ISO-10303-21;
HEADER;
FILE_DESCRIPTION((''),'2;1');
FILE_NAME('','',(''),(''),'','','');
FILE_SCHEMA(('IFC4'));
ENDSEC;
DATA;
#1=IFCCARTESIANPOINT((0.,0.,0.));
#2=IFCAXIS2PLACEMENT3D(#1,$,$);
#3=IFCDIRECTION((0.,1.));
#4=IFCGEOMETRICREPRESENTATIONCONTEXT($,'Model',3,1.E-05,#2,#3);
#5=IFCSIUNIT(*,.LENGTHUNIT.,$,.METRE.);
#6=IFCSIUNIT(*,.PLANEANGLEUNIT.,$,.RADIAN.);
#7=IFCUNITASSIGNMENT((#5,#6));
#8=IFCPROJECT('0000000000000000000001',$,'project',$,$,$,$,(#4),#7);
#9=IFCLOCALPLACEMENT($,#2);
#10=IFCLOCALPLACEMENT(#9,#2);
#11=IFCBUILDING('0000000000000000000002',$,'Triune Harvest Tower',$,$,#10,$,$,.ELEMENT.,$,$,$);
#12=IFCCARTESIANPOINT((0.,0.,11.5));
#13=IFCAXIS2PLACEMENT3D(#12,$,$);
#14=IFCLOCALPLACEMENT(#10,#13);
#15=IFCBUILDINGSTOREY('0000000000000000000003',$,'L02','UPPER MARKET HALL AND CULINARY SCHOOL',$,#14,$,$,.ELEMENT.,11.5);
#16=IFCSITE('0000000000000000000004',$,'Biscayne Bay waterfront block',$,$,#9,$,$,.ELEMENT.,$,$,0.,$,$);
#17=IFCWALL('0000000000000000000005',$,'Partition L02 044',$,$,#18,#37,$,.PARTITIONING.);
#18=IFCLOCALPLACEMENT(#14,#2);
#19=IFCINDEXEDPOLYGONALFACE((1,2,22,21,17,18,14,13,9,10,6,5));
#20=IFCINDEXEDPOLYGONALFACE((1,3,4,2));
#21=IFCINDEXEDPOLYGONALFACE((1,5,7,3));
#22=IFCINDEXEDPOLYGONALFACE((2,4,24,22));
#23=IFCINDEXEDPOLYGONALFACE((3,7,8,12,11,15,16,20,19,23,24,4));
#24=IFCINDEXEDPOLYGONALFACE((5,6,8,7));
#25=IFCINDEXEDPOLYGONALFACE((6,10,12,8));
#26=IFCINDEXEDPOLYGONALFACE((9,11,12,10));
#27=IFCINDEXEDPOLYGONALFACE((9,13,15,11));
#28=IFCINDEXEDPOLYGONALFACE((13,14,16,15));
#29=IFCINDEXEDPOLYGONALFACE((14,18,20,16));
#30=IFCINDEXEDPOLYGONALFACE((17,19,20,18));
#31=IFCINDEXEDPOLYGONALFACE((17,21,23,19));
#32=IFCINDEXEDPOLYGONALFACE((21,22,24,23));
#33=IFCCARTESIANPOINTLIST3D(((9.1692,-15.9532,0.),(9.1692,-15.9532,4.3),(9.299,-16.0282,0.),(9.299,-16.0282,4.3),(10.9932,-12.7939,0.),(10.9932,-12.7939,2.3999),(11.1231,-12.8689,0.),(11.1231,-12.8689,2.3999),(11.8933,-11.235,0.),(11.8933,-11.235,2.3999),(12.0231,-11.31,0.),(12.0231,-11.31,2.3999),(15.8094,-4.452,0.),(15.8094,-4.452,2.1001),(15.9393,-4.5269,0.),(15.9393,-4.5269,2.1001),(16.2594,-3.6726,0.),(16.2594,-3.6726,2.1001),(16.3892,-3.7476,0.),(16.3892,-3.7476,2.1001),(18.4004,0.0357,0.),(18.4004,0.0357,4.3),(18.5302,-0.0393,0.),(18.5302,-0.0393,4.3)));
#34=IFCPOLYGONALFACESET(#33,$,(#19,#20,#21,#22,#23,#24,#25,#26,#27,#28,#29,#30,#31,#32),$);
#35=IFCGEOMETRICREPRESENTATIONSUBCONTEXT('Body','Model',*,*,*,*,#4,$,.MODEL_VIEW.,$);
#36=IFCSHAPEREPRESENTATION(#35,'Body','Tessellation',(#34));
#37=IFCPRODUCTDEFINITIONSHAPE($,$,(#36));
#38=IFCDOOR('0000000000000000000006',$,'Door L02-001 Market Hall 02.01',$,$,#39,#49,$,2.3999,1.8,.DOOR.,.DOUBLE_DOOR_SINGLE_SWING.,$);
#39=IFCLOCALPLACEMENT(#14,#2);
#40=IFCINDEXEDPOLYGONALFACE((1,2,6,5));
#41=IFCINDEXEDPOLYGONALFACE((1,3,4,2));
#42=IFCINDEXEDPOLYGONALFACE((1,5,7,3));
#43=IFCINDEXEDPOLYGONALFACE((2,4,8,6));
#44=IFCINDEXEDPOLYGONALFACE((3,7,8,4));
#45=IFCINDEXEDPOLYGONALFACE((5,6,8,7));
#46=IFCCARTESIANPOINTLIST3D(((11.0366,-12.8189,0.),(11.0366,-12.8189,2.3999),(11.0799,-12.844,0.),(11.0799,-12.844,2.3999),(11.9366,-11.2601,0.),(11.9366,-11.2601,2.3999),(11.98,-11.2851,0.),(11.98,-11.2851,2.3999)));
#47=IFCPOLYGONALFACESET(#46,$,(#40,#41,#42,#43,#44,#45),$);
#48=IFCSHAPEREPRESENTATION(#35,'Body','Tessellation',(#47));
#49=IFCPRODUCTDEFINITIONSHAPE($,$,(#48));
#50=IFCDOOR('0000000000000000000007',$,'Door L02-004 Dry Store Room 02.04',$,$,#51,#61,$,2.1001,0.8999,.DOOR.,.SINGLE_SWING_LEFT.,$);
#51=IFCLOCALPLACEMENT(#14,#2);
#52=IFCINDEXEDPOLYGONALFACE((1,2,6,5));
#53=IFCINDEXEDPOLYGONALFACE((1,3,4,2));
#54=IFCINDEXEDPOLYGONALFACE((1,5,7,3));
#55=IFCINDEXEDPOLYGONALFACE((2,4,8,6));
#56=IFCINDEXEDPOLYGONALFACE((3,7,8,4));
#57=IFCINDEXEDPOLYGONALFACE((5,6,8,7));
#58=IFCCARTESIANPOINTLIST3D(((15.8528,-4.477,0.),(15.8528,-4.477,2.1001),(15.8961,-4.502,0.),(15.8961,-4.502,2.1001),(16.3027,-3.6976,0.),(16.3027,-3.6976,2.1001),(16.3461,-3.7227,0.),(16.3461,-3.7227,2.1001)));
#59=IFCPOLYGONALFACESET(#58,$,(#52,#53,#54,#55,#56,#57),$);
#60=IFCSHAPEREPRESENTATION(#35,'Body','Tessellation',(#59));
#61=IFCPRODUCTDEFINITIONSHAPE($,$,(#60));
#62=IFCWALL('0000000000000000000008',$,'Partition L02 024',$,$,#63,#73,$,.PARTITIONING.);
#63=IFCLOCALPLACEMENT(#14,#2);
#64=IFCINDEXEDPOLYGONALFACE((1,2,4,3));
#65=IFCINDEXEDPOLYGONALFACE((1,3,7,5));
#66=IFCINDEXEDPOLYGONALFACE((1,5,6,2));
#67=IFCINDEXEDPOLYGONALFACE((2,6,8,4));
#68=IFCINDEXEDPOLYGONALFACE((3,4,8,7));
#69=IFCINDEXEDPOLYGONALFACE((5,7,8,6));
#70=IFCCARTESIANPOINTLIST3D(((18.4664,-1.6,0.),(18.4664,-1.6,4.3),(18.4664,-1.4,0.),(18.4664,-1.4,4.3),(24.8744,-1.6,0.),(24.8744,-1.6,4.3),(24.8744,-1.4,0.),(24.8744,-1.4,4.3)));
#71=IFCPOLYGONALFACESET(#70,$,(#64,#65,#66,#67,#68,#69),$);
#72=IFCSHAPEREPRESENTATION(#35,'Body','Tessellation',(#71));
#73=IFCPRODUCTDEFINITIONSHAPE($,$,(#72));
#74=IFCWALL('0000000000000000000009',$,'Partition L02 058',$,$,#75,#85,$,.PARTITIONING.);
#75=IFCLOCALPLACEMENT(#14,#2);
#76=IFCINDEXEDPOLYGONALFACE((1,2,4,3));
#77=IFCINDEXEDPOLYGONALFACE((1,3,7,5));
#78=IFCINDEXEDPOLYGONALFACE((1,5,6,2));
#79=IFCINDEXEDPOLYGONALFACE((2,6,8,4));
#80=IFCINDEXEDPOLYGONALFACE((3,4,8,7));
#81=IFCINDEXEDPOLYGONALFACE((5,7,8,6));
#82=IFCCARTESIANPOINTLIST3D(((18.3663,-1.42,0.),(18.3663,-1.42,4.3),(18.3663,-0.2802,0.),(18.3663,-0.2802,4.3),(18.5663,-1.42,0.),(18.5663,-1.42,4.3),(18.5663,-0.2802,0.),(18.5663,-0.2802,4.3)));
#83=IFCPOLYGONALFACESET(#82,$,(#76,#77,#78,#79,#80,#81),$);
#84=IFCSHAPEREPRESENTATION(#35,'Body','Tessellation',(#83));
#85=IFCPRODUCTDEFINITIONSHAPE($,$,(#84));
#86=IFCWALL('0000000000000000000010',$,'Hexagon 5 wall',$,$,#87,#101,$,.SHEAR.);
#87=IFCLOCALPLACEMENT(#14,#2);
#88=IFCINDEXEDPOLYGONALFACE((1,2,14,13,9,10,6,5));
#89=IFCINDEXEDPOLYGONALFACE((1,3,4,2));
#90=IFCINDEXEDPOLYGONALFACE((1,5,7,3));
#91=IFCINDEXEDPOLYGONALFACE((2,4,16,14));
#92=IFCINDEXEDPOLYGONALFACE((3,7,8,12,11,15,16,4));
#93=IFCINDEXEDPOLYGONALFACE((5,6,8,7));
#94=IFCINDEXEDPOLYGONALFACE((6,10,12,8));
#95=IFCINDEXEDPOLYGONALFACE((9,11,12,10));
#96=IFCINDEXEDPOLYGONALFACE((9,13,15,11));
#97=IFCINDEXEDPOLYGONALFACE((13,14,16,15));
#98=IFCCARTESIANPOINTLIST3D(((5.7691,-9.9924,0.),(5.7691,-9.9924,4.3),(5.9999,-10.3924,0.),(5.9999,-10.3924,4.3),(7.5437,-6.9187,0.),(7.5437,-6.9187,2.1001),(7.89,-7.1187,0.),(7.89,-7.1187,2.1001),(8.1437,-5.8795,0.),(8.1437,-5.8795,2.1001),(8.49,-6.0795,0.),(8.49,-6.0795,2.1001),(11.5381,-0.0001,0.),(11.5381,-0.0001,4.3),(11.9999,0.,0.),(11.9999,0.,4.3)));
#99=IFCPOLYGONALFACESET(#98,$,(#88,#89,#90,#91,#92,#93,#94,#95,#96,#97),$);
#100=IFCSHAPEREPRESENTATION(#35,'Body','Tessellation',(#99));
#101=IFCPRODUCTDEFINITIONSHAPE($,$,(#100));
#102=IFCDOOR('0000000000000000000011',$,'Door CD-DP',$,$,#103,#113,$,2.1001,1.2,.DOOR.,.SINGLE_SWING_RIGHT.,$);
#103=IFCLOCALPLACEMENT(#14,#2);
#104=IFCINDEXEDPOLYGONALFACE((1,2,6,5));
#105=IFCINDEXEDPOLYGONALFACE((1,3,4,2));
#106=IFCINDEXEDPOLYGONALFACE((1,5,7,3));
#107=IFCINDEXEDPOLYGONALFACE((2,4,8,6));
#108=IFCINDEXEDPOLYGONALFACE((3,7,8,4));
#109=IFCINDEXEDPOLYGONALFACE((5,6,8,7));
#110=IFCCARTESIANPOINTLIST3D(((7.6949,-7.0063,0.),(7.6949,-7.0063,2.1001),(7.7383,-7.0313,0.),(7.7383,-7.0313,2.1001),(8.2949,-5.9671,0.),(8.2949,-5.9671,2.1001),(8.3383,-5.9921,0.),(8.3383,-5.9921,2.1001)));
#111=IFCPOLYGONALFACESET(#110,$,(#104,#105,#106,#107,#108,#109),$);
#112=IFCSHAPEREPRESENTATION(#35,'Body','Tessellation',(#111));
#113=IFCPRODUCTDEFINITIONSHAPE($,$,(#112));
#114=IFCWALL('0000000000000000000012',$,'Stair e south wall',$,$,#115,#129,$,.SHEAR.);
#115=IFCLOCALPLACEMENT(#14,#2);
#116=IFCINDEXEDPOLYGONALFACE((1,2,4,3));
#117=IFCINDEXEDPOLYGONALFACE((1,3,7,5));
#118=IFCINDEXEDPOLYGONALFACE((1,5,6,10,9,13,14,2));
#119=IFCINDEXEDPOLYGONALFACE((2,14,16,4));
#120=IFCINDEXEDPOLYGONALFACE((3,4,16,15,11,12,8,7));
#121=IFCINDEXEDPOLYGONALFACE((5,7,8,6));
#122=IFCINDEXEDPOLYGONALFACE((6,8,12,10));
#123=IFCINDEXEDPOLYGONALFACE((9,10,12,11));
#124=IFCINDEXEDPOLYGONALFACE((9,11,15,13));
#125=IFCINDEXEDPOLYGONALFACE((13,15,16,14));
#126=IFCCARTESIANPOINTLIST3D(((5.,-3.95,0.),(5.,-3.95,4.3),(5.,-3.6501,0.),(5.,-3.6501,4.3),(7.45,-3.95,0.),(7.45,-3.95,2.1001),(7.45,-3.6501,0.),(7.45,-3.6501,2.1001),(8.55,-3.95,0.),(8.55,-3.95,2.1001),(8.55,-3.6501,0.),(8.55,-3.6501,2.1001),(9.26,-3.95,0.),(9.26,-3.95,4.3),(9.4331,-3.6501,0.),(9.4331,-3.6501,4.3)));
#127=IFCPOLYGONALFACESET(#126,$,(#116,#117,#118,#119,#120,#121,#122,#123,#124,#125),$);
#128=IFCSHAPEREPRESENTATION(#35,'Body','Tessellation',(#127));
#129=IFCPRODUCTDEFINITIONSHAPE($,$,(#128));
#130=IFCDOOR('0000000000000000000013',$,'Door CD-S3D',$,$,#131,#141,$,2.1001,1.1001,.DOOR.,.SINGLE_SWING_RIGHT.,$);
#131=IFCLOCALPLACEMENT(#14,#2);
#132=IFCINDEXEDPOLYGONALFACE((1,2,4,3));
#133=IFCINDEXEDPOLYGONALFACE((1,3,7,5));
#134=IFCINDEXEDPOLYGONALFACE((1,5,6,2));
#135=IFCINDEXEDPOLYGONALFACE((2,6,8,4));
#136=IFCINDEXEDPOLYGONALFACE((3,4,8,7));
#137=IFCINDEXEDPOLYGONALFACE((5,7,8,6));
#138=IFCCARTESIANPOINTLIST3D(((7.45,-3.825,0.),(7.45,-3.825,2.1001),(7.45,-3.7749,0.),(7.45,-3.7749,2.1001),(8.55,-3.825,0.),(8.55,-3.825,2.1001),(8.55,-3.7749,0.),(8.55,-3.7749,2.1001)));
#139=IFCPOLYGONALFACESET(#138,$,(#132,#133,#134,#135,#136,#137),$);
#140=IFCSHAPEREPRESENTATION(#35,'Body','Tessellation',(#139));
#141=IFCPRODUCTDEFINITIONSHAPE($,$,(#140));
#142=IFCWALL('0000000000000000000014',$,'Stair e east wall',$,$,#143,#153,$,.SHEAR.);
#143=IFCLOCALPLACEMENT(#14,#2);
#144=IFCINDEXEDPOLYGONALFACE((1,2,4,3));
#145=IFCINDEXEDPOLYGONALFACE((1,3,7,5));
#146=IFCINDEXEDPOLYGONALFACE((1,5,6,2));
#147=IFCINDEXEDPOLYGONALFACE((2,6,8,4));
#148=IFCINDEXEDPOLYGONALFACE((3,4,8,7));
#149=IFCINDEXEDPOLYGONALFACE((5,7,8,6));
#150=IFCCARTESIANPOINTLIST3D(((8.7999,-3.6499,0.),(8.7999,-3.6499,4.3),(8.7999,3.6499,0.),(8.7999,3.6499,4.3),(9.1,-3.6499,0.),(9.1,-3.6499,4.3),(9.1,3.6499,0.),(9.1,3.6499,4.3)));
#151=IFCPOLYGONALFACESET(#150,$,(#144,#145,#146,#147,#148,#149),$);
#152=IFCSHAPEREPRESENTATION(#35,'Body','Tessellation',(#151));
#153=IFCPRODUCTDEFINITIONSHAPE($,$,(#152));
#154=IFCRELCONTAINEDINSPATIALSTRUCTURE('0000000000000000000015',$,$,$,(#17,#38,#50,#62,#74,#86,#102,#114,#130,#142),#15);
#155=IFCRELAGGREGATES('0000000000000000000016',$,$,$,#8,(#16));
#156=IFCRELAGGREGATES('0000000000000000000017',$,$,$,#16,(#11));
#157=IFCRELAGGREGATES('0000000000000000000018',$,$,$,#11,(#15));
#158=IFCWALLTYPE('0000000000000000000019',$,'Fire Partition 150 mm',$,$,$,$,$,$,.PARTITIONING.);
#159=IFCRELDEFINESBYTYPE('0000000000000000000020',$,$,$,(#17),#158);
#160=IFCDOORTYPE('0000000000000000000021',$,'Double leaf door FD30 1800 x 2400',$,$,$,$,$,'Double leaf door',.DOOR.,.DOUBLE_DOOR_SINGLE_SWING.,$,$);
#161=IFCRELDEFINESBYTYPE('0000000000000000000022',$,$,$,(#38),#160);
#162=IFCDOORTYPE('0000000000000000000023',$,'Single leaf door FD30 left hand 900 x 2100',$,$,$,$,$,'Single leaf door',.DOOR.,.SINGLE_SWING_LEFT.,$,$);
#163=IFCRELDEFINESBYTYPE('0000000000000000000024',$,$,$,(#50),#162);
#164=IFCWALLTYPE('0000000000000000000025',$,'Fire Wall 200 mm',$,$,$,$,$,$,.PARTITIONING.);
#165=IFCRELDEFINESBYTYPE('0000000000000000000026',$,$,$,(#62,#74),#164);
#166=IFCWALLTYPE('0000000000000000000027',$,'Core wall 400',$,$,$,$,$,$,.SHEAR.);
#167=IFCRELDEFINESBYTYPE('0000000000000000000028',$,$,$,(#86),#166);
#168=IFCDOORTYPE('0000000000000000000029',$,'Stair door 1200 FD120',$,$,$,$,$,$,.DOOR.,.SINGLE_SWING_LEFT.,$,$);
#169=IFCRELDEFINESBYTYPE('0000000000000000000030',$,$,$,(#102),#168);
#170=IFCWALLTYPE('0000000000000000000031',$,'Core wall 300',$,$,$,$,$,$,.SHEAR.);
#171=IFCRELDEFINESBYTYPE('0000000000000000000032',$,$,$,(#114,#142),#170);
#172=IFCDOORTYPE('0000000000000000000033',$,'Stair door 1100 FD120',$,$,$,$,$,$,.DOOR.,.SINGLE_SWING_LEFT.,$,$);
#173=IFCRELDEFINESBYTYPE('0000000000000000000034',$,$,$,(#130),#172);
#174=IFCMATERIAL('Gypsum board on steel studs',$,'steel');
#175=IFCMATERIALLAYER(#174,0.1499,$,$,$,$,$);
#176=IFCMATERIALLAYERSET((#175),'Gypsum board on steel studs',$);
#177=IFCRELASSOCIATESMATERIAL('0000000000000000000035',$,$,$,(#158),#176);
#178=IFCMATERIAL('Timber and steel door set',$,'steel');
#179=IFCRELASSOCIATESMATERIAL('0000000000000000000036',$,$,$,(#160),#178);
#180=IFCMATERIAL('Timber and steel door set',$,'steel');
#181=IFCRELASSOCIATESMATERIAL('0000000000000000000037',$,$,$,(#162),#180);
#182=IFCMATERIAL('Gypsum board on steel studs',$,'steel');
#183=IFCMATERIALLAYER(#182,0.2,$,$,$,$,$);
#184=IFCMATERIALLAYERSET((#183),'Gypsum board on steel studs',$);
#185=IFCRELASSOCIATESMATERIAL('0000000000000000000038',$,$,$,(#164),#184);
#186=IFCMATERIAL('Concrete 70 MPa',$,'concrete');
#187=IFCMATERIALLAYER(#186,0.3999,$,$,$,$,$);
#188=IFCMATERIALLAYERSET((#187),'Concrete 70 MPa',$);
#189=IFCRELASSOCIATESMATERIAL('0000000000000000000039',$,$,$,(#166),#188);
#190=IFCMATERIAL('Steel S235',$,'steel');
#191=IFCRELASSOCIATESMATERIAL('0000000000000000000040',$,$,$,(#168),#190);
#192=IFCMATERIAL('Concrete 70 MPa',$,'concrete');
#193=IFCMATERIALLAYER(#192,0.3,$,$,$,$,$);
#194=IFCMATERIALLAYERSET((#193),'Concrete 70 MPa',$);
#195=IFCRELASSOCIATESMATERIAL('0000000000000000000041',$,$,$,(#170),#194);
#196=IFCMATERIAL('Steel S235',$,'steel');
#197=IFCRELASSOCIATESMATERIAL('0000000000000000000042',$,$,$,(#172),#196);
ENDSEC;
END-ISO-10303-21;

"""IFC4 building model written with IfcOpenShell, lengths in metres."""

from ifc_helpers import new_model, si_unit, direction, frame, frame_2d, origin, place, context, subcontext, project, spatial, polyline, rectangle, outline, extrude, source, transform, mapped, material, layer, layer_set, type_object, element, fill, save


model = new_model("IFC4")

# Units and contexts
model_context = context("Model", 3, precision=1e-05, world=origin(), true_north=direction((0.0, 1.0)))
body_context = subcontext(model_context, "Body", "Model", "MODEL_VIEW")
ifc_project = project(units=[si_unit("LENGTHUNIT", "METRE"), si_unit("PLANEANGLEUNIT", "RADIAN")], contexts=[model_context])

# Site, building, storey
site_placement = place(None, origin())
site = spatial("IfcSite", under=ifc_project, at=site_placement, Name="Biscayne Bay waterfront block", CompositionType="ELEMENT", RefElevation=0.0)
building_placement = place(site_placement, origin())
building = spatial("IfcBuilding", under=site, at=building_placement, Name="Triune Harvest Tower", CompositionType="ELEMENT")
storey_placement = place(building_placement, frame((0.0, 0.0, 11.5)))
storey = spatial("IfcBuildingStorey", under=building, at=storey_placement, Name="L02", Description="UPPER MARKET HALL AND CULINARY SCHOOL", CompositionType="ELEMENT", Elevation=11.5)

# Wall, openings, doors
ifc_material_1 = material(Name="Gypsum board on steel studs", Category="steel")
ifc_layer_1 = layer(ifc_material_1, 0.1499)
ifc_layer_set_1 = layer_set([ifc_layer_1], Name="Gypsum board on steel studs")
wall_type_1 = type_object("IfcWallType", Name="Fire Partition 150 mm", PredefinedType="PARTITIONING", material=ifc_layer_set_1)
wall_1_placement = place(storey_placement, frame((9.2341, -15.9907, 0.0), z_axis=(0.0, 0.0, 1.0), x_axis=(0.499998, 0.866027, 0.0)))
wall_1 = element("IfcWall", 1, at=wall_1_placement, inside=storey, type_object=wall_type_1, Name="Partition L02 044", PredefinedType="PARTITIONING", context=body_context, shape_type="SweptSolid", body=[
    extrude(rectangle(XDim=18.4624, YDim=0.1499, at=frame_2d((9.2312, 0.0))), origin(), (0.0, 0.0, 1.0), 4.3),
])
opening_1_placement = place(wall_1_placement, frame((3.6482, 0.0, 0.0)))
opening_1 = element("IfcOpeningElement", 2, at=opening_1_placement, cuts=wall_1, PredefinedType="OPENING", context=body_context, shape_type="SweptSolid", body=[
    extrude(rectangle(XDim=1.8, YDim=2.3999, at=frame_2d((0.8999, 1.2))), frame((0.0, 0.085, 0.0), z_axis=(0.0, -1.0, 0.0), x_axis=(1.0, 0.0, 0.0)), (0.0, 0.0, 1.0), 0.1699),
])
opening_2_placement = place(wall_1_placement, frame((13.2805, 0.0, 0.0)))
opening_2 = element("IfcOpeningElement", 3, at=opening_2_placement, cuts=wall_1, PredefinedType="OPENING", context=body_context, shape_type="SweptSolid", body=[
    extrude(rectangle(XDim=0.8999, YDim=2.1001, at=frame_2d((0.45, 1.05))), frame((0.0, 0.085, 0.0), z_axis=(0.0, -1.0, 0.0), x_axis=(1.0, 0.0, 0.0)), (0.0, 0.0, 1.0), 0.1699),
])
ifc_material_2 = material(Name="Timber and steel door set", Category="steel")
door_type_1 = type_object("IfcDoorType", Name="Double leaf door FD30 1800 x 2400", ElementType="Double leaf door", OperationType="DOUBLE_DOOR_SINGLE_SWING", PredefinedType="DOOR", material=ifc_material_2)
door_1_placement = place(opening_1_placement, origin())
door_1 = element("IfcDoor", 4, at=door_1_placement, inside=storey, type_object=door_type_1, Name="Door L02-001 Market Hall 02.01", OperationType="DOUBLE_DOOR_SINGLE_SWING", OverallHeight=2.3999, OverallWidth=1.8, PredefinedType="DOOR", context=body_context, shape_type="SweptSolid", body=[
    extrude(rectangle(XDim=1.8, YDim=2.3999, at=frame_2d((0.8999, 1.2))), frame((0.0, 0.0249, 0.0), z_axis=(0.0, -1.0, 0.0), x_axis=(1.0, 0.0, 0.0)), (0.0, 0.0, 1.0), 0.05),
])
fill(opening_1, door_1)
ifc_material_3 = material(Name="Timber and steel door set", Category="steel")
door_type_2 = type_object("IfcDoorType", Name="Single leaf door FD30 left hand 900 x 2100", ElementType="Single leaf door", OperationType="SINGLE_SWING_LEFT", PredefinedType="DOOR", material=ifc_material_3)
door_2_placement = place(opening_2_placement, origin())
door_2 = element("IfcDoor", 5, at=door_2_placement, inside=storey, type_object=door_type_2, Name="Door L02-004 Dry Store Room 02.04", OperationType="SINGLE_SWING_LEFT", OverallHeight=2.1001, OverallWidth=0.8999, PredefinedType="DOOR", context=body_context, shape_type="SweptSolid", body=[
    extrude(rectangle(XDim=0.8999, YDim=2.1001, at=frame_2d((0.45, 1.05))), frame((0.0, 0.0249, 0.0), z_axis=(0.0, -1.0, 0.0), x_axis=(1.0, 0.0, 0.0)), (0.0, 0.0, 1.0), 0.05),
])
fill(opening_2, door_2)

# Walls
ifc_material_4 = material(Name="Gypsum board on steel studs", Category="steel")
ifc_layer_2 = layer(ifc_material_4, 0.2)
ifc_layer_set_2 = layer_set([ifc_layer_2], Name="Gypsum board on steel studs")
wall_type_2 = type_object("IfcWallType", Name="Fire Wall 200 mm", PredefinedType="PARTITIONING", material=ifc_layer_set_2)
wall_2_placement = place(storey_placement, frame((18.4663, -1.5, 0.0), z_axis=(0.0, 0.0, 1.0), x_axis=(1.0, 0.0, 0.0)))
element("IfcWall", 6, at=wall_2_placement, inside=storey, type_object=wall_type_2, Name="Partition L02 024", PredefinedType="PARTITIONING", context=body_context, shape_type="SweptSolid", body=[
    extrude(rectangle(XDim=6.408, YDim=0.2, at=frame_2d((3.2041, 0.0))), origin(), (0.0, 0.0, 1.0), 4.3),
])
wall_3_placement = place(storey_placement, frame((18.4663, -1.4199, 0.0), z_axis=(0.0, 0.0, 1.0), x_axis=(0.0, 1.0, 0.0)))
element("IfcWall", 7, at=wall_3_placement, inside=storey, type_object=wall_type_2, Name="Partition L02 058", PredefinedType="PARTITIONING", context=body_context, shape_type="SweptSolid", body=[
    extrude(rectangle(XDim=1.1399, YDim=0.2, at=frame_2d((0.5698, 0.0))), origin(), (0.0, 0.0, 1.0), 4.3),
])

# Walls, openings, doors
ifc_material_5 = material(Name="Concrete 70 MPa", Category="concrete")
ifc_layer_3 = layer(ifc_material_5, 0.3999)
ifc_layer_set_3 = layer_set([ifc_layer_3], Name="Concrete 70 MPa")
wall_type_3 = type_object("IfcWallType", Name="Core wall 400", PredefinedType="SHEAR", material=ifc_layer_set_3)
shared_shape_1 = source(origin(), body_context, "Body", "SweptSolid", [
    extrude(outline(polyline([(-0.1155, -0.2), (11.8845, -0.2), (11.6536, 0.2), (0.1155, 0.2), (-0.1155, -0.2)])), origin(), (0.0, 0.0, 1.0), 4.3),
])
wall_4_placement = place(storey_placement, frame((5.8845, -10.1924, 0.0), z_axis=(0.0, 0.0, 1.0), x_axis=(0.499997, 0.866027, 0.0)))
wall_4 = element("IfcWall", 8, at=wall_4_placement, inside=storey, type_object=wall_type_3, Name="Hexagon 5 wall", PredefinedType="SHEAR", context=body_context, shape_type="MappedRepresentation", body=[
    mapped(shared_shape_1, transform((0.0, 0.0, 0.0), scale=1.0)),
])
opening_3_placement = place(wall_4_placement, frame((3.6646, 0.0, 0.0)))
opening_3 = element("IfcOpeningElement", 9, at=opening_3_placement, cuts=wall_4, PredefinedType="OPENING", context=body_context, shape_type="SweptSolid", body=[
    extrude(rectangle(XDim=1.2, YDim=2.1001, at=frame_2d((0.6001, 1.05))), frame((0.0, 0.21, 0.0), z_axis=(0.0, -1.0, 0.0), x_axis=(1.0, 0.0, 0.0)), (0.0, 0.0, 1.0), 0.4199),
])
ifc_material_6 = material(Name="Steel S235", Category="steel")
door_type_3 = type_object("IfcDoorType", Name="Stair door 1200 FD120", OperationType="SINGLE_SWING_LEFT", PredefinedType="DOOR", material=ifc_material_6)
door_3_placement = place(opening_3_placement, frame((1.2, 0.0, 0.0), z_axis=(0.0, 0.0, 1.0), x_axis=(-1.0, 0.0, 0.0)))
door_3 = element("IfcDoor", 10, at=door_3_placement, inside=storey, type_object=door_type_3, Name="Door CD-DP", OperationType="SINGLE_SWING_RIGHT", OverallHeight=2.1001, OverallWidth=1.2, PredefinedType="DOOR", context=body_context, shape_type="SweptSolid", body=[
    extrude(rectangle(XDim=1.2, YDim=2.1001, at=frame_2d((0.6001, 1.05))), frame((0.0, 0.0249, 0.0), z_axis=(0.0, -1.0, 0.0), x_axis=(1.0, 0.0, 0.0)), (0.0, 0.0, 1.0), 0.05),
])
fill(opening_3, door_3)
ifc_material_7 = material(Name="Concrete 70 MPa", Category="concrete")
ifc_layer_4 = layer(ifc_material_7, 0.3)
ifc_layer_set_4 = layer_set([ifc_layer_4], Name="Concrete 70 MPa")
wall_type_4 = type_object("IfcWallType", Name="Core wall 300", PredefinedType="SHEAR", material=ifc_layer_set_4)
shared_shape_2 = source(origin(), body_context, "Body", "SweptSolid", [
    extrude(outline(polyline([(0.0, -0.1499), (0.0, 0.1499), (4.4331, 0.1499), (4.26, -0.1499), (0.0, -0.1499)])), origin(), (0.0, 0.0, 1.0), 4.3),
])
wall_5_placement = place(storey_placement, frame((5.0, -3.8, 0.0), z_axis=(0.0, 0.0, 1.0), x_axis=(1.0, 0.0, 0.0)))
wall_5 = element("IfcWall", 11, at=wall_5_placement, inside=storey, type_object=wall_type_4, Name="Stair e south wall", PredefinedType="SHEAR", context=body_context, shape_type="MappedRepresentation", body=[
    mapped(shared_shape_2, transform((0.0, 0.0, 0.0), scale=1.0)),
])
opening_4_placement = place(wall_5_placement, frame((2.45, 0.0, 0.0)))
opening_4 = element("IfcOpeningElement", 12, at=opening_4_placement, cuts=wall_5, PredefinedType="OPENING", context=body_context, shape_type="SweptSolid", body=[
    extrude(rectangle(XDim=1.1001, YDim=2.1001, at=frame_2d((0.55, 1.05))), frame((0.0, 0.1602, 0.0), z_axis=(0.0, -1.0, 0.0), x_axis=(1.0, 0.0, 0.0)), (0.0, 0.0, 1.0), 0.3201),
])
ifc_material_8 = material(Name="Steel S235", Category="steel")
door_type_4 = type_object("IfcDoorType", Name="Stair door 1100 FD120", OperationType="SINGLE_SWING_LEFT", PredefinedType="DOOR", material=ifc_material_8)
door_4_placement = place(opening_4_placement, frame((1.1001, 0.0, 0.0), z_axis=(0.0, 0.0, 1.0), x_axis=(-1.0, 0.0, 0.0)))
door_4 = element("IfcDoor", 13, at=door_4_placement, inside=storey, type_object=door_type_4, Name="Door CD-S3D", OperationType="SINGLE_SWING_RIGHT", OverallHeight=2.1001, OverallWidth=1.1001, PredefinedType="DOOR", context=body_context, shape_type="SweptSolid", body=[
    extrude(rectangle(XDim=1.1001, YDim=2.1001, at=frame_2d((0.55, 1.05))), frame((0.0, 0.0249, 0.0), z_axis=(0.0, -1.0, 0.0), x_axis=(1.0, 0.0, 0.0)), (0.0, 0.0, 1.0), 0.05),
])
fill(opening_4, door_4)

# Wall
shared_shape_3 = source(origin(), body_context, "Body", "SweptSolid", [
    extrude(rectangle(XDim=7.2998, YDim=0.3, at=frame_2d((3.6499, 0.0))), origin(), (0.0, 0.0, 1.0), 4.3),
])
wall_6_placement = place(storey_placement, frame((8.95, -3.6499, 0.0), z_axis=(0.0, 0.0, 1.0), x_axis=(0.0, 1.0, 0.0)))
element("IfcWall", 14, at=wall_6_placement, inside=storey, type_object=wall_type_4, Name="Stair e east wall", PredefinedType="SHEAR", context=body_context, shape_type="MappedRepresentation", body=[
    mapped(shared_shape_3, transform((0.0, 0.0, 0.0), scale=1.0)),
])

save(model, "model.ifc")
